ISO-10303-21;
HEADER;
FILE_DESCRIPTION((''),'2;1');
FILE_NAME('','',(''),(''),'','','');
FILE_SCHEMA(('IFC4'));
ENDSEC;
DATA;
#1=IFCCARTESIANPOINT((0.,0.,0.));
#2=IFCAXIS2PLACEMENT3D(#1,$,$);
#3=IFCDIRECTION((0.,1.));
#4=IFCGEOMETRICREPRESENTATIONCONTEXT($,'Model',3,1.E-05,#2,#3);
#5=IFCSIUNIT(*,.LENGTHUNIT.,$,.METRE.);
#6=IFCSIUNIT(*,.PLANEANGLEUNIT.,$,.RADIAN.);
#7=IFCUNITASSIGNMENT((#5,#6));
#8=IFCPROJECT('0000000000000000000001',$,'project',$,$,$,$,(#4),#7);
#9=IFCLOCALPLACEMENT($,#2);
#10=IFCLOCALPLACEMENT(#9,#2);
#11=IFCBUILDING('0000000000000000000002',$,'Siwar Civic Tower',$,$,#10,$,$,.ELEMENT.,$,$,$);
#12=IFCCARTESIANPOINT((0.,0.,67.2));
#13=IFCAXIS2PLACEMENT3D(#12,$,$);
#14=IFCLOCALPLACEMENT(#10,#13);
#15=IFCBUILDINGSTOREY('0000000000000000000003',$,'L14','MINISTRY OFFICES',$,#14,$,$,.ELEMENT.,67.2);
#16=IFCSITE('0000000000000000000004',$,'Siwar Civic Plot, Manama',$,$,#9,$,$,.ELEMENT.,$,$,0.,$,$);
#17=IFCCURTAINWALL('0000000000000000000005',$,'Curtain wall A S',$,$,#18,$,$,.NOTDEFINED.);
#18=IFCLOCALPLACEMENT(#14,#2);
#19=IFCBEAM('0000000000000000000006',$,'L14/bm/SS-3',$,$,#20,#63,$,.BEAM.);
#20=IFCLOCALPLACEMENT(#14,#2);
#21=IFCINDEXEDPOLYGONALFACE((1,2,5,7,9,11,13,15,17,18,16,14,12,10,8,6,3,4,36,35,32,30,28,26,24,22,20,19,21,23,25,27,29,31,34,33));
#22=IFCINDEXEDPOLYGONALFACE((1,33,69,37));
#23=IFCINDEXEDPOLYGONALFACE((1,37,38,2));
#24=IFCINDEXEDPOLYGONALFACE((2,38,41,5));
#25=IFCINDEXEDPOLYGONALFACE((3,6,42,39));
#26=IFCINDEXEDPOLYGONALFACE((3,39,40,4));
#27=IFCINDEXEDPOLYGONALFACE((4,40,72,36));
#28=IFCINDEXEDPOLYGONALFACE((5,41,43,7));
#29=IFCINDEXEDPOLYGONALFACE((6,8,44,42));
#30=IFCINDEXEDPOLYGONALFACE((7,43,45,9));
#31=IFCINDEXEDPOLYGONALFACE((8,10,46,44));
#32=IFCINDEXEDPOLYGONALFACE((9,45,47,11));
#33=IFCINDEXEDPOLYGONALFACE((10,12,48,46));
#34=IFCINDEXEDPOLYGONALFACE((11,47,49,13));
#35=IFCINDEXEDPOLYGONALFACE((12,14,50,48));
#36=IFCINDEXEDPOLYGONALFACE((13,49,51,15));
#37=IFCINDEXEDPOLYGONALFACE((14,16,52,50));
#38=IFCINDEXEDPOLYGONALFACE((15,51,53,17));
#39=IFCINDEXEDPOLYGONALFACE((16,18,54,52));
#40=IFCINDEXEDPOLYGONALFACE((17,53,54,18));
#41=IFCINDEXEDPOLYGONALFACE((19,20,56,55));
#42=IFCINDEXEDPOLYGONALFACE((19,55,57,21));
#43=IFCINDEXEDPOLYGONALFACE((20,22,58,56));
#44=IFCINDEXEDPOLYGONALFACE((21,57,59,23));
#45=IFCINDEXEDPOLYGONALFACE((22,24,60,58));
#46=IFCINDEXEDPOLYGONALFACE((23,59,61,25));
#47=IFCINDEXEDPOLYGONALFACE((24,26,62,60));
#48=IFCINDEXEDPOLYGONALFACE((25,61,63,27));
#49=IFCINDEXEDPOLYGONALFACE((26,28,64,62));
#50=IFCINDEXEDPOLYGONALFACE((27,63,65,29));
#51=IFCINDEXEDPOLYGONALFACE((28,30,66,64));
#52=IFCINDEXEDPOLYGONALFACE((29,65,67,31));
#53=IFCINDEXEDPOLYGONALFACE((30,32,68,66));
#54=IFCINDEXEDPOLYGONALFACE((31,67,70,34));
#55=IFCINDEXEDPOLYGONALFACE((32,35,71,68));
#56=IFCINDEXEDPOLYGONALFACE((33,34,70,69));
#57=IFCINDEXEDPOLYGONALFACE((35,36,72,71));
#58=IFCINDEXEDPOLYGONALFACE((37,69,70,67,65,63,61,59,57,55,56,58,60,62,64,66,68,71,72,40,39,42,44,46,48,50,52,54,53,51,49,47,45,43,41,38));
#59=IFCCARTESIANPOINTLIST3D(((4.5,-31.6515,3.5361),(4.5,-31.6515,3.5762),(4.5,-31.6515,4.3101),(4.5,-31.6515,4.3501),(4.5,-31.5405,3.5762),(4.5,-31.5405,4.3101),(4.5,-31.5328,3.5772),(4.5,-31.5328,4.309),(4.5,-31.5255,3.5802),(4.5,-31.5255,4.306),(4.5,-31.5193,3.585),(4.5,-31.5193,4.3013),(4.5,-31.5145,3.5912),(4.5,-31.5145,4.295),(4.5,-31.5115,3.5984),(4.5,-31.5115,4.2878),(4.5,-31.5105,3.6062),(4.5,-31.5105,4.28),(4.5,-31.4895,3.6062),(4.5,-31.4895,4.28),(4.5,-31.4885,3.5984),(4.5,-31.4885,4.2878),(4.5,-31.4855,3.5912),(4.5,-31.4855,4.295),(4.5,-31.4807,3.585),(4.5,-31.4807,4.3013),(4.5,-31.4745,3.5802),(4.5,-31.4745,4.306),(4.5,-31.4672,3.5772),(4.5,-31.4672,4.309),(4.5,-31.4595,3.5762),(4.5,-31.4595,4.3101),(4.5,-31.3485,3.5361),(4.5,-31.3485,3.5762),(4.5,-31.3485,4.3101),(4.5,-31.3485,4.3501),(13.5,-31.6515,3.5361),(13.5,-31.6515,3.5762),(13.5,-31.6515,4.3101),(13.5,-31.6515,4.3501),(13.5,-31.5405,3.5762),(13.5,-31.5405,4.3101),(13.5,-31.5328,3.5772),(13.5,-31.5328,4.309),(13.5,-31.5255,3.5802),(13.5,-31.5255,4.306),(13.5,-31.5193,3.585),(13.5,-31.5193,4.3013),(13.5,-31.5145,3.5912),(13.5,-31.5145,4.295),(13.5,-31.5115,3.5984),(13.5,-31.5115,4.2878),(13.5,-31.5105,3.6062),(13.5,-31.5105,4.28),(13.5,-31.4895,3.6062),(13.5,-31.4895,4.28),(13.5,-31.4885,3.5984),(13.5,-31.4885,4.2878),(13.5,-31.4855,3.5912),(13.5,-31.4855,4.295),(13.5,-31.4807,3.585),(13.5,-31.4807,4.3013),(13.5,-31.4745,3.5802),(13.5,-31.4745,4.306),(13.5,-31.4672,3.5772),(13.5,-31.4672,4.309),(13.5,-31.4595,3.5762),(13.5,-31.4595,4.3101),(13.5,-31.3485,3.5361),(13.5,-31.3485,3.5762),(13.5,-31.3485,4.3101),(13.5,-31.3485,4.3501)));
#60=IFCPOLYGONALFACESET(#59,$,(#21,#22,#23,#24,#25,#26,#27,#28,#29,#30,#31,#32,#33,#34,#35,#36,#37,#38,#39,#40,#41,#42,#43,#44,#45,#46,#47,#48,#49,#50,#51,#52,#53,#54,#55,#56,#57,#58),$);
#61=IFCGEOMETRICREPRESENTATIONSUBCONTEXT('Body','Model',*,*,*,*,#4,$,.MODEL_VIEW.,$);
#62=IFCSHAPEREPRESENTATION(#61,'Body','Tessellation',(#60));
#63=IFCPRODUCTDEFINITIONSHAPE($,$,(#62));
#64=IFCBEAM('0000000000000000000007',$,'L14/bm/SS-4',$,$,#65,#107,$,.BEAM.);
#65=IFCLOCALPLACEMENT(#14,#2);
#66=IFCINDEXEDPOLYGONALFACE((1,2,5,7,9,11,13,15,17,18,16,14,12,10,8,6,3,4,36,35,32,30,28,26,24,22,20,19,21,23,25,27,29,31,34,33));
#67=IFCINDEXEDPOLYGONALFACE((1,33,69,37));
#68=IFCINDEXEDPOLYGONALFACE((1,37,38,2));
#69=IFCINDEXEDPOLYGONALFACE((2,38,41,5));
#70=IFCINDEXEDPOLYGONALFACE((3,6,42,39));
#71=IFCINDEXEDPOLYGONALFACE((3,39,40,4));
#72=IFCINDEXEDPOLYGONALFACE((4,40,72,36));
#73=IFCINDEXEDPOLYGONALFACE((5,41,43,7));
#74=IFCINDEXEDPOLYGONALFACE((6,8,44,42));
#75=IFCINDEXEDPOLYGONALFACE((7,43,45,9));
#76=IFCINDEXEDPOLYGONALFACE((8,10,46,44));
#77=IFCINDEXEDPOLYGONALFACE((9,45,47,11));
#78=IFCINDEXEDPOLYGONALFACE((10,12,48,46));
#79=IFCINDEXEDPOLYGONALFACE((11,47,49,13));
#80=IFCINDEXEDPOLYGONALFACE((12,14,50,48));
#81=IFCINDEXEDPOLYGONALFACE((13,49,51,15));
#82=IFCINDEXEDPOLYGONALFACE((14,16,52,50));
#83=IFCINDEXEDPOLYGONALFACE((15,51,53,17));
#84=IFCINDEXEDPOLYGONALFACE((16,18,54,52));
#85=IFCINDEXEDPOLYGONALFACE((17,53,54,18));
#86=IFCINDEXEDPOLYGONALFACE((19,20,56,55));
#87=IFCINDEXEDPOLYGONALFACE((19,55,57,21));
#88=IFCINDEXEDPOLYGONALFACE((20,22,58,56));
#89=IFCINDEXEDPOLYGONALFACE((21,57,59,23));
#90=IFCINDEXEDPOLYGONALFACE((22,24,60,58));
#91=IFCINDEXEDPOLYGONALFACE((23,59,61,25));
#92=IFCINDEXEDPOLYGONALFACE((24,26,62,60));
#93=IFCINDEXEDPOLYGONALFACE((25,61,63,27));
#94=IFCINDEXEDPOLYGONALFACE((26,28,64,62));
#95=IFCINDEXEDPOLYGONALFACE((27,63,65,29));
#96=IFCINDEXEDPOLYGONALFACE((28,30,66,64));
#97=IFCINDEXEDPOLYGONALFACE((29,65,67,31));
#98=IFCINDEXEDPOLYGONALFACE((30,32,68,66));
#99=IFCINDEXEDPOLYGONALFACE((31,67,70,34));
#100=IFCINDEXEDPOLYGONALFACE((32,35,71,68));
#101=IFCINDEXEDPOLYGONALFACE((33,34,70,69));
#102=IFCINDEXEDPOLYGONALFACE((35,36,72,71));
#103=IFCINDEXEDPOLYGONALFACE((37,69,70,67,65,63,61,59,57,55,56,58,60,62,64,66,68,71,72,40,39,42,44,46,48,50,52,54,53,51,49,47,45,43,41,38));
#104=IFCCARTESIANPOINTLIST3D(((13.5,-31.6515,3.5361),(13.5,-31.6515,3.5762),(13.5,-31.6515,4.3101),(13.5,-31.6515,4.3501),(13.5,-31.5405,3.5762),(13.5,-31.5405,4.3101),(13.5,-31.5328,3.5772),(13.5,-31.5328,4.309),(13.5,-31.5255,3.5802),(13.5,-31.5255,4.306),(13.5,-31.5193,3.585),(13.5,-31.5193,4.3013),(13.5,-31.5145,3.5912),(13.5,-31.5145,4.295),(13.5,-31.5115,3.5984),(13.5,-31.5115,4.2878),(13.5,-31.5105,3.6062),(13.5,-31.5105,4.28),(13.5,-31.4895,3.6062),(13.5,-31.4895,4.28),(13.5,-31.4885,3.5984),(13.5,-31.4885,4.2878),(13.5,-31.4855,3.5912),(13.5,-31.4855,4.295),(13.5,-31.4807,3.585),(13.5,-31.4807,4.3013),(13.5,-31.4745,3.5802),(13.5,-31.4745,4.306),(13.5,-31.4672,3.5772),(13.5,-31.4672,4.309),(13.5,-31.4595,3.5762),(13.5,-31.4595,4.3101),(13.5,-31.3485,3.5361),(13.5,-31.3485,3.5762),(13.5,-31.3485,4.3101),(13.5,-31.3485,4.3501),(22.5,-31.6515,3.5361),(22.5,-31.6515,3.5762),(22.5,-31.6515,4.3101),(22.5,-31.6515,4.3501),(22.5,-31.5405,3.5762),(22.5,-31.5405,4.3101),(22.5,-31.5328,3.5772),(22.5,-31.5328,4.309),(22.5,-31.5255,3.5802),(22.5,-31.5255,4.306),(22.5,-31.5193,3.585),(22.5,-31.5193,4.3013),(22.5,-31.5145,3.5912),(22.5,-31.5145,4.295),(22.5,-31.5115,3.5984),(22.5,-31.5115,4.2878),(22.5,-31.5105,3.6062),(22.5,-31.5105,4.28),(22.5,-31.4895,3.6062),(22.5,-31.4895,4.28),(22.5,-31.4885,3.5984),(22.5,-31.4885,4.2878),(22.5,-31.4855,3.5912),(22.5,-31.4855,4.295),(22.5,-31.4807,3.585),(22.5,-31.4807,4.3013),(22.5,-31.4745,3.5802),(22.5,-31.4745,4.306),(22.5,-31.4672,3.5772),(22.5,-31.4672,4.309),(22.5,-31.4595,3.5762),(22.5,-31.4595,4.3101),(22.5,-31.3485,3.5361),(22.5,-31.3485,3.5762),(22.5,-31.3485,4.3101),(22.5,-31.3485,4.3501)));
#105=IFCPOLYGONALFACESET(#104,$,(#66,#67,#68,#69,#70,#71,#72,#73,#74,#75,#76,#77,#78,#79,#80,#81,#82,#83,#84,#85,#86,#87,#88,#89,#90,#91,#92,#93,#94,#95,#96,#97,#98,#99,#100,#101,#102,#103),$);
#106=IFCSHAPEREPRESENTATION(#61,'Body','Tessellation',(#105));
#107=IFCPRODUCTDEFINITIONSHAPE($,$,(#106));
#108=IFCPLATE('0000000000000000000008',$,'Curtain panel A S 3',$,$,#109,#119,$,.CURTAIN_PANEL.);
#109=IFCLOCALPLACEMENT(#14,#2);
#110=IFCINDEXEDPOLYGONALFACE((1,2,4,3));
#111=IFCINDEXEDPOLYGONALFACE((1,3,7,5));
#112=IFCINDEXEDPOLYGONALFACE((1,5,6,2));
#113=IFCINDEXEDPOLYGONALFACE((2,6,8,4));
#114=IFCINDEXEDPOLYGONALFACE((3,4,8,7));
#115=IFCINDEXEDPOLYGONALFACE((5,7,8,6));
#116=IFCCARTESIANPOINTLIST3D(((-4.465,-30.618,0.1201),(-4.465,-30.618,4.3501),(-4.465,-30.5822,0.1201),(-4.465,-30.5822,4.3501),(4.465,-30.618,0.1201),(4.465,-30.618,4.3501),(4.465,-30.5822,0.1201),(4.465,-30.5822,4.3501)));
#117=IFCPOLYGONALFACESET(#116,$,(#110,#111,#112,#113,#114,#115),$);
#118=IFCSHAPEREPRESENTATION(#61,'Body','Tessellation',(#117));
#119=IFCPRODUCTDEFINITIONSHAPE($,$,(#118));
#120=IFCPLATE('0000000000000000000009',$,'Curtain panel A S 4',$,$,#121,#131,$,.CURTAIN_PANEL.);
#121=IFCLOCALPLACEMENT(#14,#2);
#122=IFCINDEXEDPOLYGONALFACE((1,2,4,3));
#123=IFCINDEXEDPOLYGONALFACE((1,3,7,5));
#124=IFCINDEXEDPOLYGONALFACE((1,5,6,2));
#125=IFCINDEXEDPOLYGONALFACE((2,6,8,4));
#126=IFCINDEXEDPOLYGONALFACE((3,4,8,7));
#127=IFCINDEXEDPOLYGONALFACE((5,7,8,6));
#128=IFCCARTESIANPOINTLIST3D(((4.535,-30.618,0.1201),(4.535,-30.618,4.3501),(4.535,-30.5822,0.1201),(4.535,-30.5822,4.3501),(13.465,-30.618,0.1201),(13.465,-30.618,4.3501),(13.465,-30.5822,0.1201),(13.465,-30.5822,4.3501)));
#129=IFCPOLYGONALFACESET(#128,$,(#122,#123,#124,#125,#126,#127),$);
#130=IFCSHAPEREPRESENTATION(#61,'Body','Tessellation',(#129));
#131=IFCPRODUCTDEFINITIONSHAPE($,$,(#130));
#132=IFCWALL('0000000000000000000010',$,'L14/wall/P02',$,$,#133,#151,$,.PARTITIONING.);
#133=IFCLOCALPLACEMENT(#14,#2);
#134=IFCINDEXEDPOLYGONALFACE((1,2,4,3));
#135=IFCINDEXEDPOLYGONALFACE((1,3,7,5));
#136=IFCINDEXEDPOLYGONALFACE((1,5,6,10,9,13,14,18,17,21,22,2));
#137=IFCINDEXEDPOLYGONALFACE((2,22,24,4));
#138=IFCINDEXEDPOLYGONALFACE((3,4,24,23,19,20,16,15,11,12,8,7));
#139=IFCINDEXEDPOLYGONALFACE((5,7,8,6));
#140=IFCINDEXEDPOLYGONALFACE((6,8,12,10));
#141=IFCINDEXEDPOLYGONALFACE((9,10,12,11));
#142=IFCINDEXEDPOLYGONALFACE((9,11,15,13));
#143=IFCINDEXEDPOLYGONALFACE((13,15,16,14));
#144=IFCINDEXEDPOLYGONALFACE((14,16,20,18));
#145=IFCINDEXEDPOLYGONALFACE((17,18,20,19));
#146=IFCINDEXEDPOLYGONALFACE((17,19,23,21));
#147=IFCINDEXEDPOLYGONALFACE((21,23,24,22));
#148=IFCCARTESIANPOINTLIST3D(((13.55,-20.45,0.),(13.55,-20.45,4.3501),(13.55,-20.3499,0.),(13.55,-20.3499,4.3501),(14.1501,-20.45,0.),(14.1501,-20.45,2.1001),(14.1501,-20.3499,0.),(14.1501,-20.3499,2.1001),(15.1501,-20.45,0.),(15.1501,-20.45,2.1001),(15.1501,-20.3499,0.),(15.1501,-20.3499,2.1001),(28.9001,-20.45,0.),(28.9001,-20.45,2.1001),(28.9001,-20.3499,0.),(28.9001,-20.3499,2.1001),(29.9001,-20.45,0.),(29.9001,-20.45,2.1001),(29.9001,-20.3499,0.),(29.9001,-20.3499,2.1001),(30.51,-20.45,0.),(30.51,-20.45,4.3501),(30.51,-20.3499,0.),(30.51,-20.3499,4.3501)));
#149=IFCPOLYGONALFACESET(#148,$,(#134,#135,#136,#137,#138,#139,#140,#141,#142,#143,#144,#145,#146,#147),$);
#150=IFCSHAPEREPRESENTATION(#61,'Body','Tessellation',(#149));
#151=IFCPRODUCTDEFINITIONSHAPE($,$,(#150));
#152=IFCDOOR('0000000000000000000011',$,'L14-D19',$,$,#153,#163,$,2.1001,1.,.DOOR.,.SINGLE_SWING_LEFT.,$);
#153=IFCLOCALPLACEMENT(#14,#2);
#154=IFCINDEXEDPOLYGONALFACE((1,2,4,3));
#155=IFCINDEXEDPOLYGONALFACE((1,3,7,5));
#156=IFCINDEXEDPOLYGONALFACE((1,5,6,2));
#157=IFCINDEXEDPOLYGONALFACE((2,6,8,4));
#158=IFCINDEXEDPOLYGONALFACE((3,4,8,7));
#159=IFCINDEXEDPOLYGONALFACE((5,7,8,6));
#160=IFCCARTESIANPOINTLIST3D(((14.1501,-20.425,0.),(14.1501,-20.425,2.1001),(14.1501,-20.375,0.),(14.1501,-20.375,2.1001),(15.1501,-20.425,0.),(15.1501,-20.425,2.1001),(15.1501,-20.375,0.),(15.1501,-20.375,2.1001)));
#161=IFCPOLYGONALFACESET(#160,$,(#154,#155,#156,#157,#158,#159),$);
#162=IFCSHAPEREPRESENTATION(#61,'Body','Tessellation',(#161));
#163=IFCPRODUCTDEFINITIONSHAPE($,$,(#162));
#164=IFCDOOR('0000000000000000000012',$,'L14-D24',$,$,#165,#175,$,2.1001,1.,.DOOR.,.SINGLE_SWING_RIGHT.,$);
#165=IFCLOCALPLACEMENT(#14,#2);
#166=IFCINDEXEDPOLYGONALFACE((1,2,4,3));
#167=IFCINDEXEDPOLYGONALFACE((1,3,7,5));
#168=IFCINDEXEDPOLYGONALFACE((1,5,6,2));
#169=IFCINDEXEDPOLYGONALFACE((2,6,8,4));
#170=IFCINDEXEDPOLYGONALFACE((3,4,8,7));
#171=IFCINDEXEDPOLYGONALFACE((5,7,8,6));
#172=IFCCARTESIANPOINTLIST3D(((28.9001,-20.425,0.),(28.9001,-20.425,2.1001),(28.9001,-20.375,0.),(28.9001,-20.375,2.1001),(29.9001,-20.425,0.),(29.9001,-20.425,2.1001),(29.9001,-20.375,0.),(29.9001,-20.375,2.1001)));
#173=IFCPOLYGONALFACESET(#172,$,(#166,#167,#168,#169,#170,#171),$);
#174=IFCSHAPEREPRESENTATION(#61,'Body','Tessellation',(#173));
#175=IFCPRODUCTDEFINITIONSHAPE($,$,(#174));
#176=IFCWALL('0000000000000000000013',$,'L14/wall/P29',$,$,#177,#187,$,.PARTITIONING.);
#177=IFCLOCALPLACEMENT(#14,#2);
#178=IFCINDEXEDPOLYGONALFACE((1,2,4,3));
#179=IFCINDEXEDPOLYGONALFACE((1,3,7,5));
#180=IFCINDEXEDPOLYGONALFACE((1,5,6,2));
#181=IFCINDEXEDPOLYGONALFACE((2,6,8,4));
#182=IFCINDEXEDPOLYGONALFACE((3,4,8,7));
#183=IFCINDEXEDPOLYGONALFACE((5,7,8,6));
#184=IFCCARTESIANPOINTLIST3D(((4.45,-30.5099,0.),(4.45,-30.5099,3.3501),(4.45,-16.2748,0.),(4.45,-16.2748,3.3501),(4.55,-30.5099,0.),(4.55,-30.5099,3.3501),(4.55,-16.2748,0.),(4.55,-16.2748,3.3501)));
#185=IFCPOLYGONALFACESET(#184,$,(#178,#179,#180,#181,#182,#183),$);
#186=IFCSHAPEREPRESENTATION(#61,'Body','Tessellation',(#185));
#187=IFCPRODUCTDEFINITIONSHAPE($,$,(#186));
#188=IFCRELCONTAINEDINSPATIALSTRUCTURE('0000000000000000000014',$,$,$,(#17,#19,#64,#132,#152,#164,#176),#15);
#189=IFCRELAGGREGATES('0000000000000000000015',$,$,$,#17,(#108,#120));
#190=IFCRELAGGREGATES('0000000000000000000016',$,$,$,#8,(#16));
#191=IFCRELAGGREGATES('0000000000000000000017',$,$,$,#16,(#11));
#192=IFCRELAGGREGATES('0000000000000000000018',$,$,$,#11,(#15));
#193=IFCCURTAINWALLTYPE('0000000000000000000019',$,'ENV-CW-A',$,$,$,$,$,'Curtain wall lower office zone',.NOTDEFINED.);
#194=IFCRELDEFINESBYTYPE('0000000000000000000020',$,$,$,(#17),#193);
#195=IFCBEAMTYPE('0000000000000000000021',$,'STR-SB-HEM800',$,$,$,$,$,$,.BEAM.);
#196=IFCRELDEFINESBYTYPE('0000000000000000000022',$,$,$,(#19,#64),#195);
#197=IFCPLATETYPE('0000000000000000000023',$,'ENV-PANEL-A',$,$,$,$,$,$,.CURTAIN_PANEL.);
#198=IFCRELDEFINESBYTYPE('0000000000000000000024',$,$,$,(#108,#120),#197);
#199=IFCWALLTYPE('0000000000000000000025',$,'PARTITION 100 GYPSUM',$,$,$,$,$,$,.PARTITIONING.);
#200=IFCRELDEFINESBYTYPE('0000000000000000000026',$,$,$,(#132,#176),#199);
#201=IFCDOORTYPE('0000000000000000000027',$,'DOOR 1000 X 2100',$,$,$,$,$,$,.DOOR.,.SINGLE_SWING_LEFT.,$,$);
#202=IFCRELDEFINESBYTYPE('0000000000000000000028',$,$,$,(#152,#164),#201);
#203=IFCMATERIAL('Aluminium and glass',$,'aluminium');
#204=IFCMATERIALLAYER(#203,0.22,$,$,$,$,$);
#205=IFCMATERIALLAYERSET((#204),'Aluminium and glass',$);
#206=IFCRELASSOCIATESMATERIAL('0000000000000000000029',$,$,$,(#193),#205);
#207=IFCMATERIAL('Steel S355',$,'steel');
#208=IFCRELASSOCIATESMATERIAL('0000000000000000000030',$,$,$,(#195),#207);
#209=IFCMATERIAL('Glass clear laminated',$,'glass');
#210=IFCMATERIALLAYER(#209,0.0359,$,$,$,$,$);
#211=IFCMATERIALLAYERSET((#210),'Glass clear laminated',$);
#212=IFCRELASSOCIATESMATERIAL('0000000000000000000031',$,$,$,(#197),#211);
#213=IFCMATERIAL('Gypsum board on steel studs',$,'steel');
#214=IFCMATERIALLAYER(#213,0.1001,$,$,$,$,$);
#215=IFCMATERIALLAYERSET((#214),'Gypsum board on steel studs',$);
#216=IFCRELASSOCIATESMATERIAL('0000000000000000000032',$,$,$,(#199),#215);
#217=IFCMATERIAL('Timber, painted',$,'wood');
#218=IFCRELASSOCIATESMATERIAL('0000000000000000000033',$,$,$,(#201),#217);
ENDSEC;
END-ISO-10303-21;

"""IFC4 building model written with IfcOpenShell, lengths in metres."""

from ifc_helpers import new_model, si_unit, direction, frame, frame_2d, origin, origin_2d, place, context, subcontext, project, spatial, rectangle, i_section, extrude, material, layer, layer_set, material_profile, profile_set, type_object, element, fill, aggregate, save


model = new_model("IFC4")

# Units and contexts
model_context = context("Model", 3, precision=1e-05, world=origin(), true_north=direction((0.0, 1.0)))
body_context = subcontext(model_context, "Body", "Model", "MODEL_VIEW")
ifc_project = project(units=[si_unit("LENGTHUNIT", "METRE"), si_unit("PLANEANGLEUNIT", "RADIAN")], contexts=[model_context])

# Site, building, storey
site_placement = place(None, origin())
site = spatial("IfcSite", under=ifc_project, at=site_placement, Name="Siwar Civic Plot, Manama", CompositionType="ELEMENT", RefElevation=0.0)
building_placement = place(site_placement, origin())
building = spatial("IfcBuilding", under=site, at=building_placement, Name="Siwar Civic Tower", CompositionType="ELEMENT")
storey_placement = place(building_placement, frame((0.0, 0.0, 67.2)))
storey = spatial("IfcBuildingStorey", under=building, at=storey_placement, Name="L14", Description="MINISTRY OFFICES", CompositionType="ELEMENT", Elevation=67.2)

# Curtain wall
ifc_material_1 = material(Name="Aluminium and glass", Category="aluminium")
ifc_layer_1 = layer(ifc_material_1, 0.22)
ifc_layer_set_1 = layer_set([ifc_layer_1], Name="Aluminium and glass")
curtain_wall_type = type_object("IfcCurtainWallType", Name="ENV-CW-A", ElementType="Curtain wall lower office zone", PredefinedType="NOTDEFINED", material=ifc_layer_set_1)
curtain_wall_placement = place(storey_placement, origin())
curtain_wall = element("IfcCurtainWall", 1, at=curtain_wall_placement, inside=storey, type_object=curtain_wall_type, Name="Curtain wall A S", PredefinedType="NOTDEFINED")

# Beams
ifc_material_2 = material(Name="Steel S355", Category="steel")
ifc_material_profile_1 = material_profile(ifc_material_2, i_section(OverallWidth=0.303, OverallDepth=0.814, WebThickness=0.021, FlangeThickness=0.04, FilletRadius=0.03, at=origin_2d()), Name="HEM800")
ifc_profile_set_1 = profile_set([ifc_material_profile_1], Name="Steel S355")
beam_type_1 = type_object("IfcBeamType", Name="STR-SB-HEM800", PredefinedType="BEAM", material=ifc_profile_set_1)
for number, where, z_axis, x_axis, name in (
    (2, (4.5, -31.5, 3.9431), (1.0, 0.0, 0.0), (0.0, 1.0, 0.0), "L14/bm/SS-3"),
    (3, (13.5, -31.5, 3.9431), (1.0, 0.0, 0.0), (0.0, 1.0, 0.0), "L14/bm/SS-4"),
):
    element("IfcBeam", number, at=place(storey_placement, frame(where, z_axis=z_axis, x_axis=x_axis)), inside=storey, type_object=beam_type_1, Name=name, PredefinedType="BEAM", context=body_context, shape_type="SweptSolid", body=[
        extrude(i_section(OverallWidth=0.303, OverallDepth=0.814, WebThickness=0.021, FlangeThickness=0.04, FilletRadius=0.03, at=origin_2d()), origin(), (0.0, 0.0, 1.0), 9.0),
    ])

# Plates
ifc_material_3 = material(Name="Glass clear laminated", Category="glass")
ifc_layer_2 = layer(ifc_material_3, 0.0359)
ifc_layer_set_2 = layer_set([ifc_layer_2], Name="Glass clear laminated")
plate_type = type_object("IfcPlateType", Name="ENV-PANEL-A", PredefinedType="CURTAIN_PANEL", material=ifc_layer_set_2)
plate_1_placement = place(storey_placement, frame((0.0, -30.6001, 0.1201), z_axis=(0.0, 0.0, 1.0), x_axis=(1.0, 0.0, 0.0)))
plate_1 = element("IfcPlate", 4, at=plate_1_placement, type_object=plate_type, Name="Curtain panel A S 3", PredefinedType="CURTAIN_PANEL", context=body_context, shape_type="SweptSolid", body=[
    extrude(rectangle(XDim=8.9299, YDim=0.0359, at=origin_2d()), origin(), (0.0, 0.0, 1.0), 4.23),
])
plate_2_placement = place(storey_placement, frame((9.0, -30.6001, 0.1201), z_axis=(0.0, 0.0, 1.0), x_axis=(1.0, 0.0, 0.0)))
plate_2 = element("IfcPlate", 5, at=plate_2_placement, type_object=plate_type, Name="Curtain panel A S 4", PredefinedType="CURTAIN_PANEL", context=body_context, shape_type="SweptSolid", body=[
    extrude(rectangle(XDim=8.9299, YDim=0.0359, at=origin_2d()), origin(), (0.0, 0.0, 1.0), 4.23),
])
aggregate(curtain_wall, [plate_1, plate_2])

# Wall, openings, doors
ifc_material_4 = material(Name="Gypsum board on steel studs", Category="steel")
ifc_layer_3 = layer(ifc_material_4, 0.1001)
ifc_layer_set_3 = layer_set([ifc_layer_3], Name="Gypsum board on steel studs")
wall_type = type_object("IfcWallType", Name="PARTITION 100 GYPSUM", PredefinedType="PARTITIONING", material=ifc_layer_set_3)
wall_placement = place(storey_placement, frame((13.55, -20.3999, 0.0), z_axis=(0.0, 0.0, 1.0), x_axis=(1.0, 0.0, 0.0)))
wall = element("IfcWall", 6, at=wall_placement, inside=storey, type_object=wall_type, Name="L14/wall/P02", PredefinedType="PARTITIONING", context=body_context, shape_type="SweptSolid", body=[
    extrude(rectangle(XDim=16.96, YDim=0.1001, at=frame_2d((8.48, 0.0))), origin(), (0.0, 0.0, 1.0), 4.3501),
])
opening_1_placement = place(wall_placement, frame((0.6001, 0.0, 0.0)))
opening_1 = element("IfcOpeningElement", 7, at=opening_1_placement, cuts=wall, PredefinedType="OPENING", context=body_context, shape_type="SweptSolid", body=[
    extrude(rectangle(XDim=1.0, YDim=2.1001, at=frame_2d((0.5, 1.05))), frame((0.0, 0.0601, 0.0), z_axis=(0.0, -1.0, 0.0), x_axis=(1.0, 0.0, 0.0)), (0.0, 0.0, 1.0), 0.1201),
])
opening_2_placement = place(wall_placement, frame((15.3501, 0.0, 0.0)))
opening_2 = element("IfcOpeningElement", 8, at=opening_2_placement, cuts=wall, PredefinedType="OPENING", context=body_context, shape_type="SweptSolid", body=[
    extrude(rectangle(XDim=1.0, YDim=2.1001, at=frame_2d((0.5, 1.05))), frame((0.0, 0.0601, 0.0), z_axis=(0.0, -1.0, 0.0), x_axis=(1.0, 0.0, 0.0)), (0.0, 0.0, 1.0), 0.1201),
])
ifc_material_5 = material(Name="Timber, painted", Category="wood")
door_type = type_object("IfcDoorType", Name="DOOR 1000 X 2100", OperationType="SINGLE_SWING_LEFT", PredefinedType="DOOR", material=ifc_material_5)
door_1_placement = place(opening_1_placement, origin())
door_1 = element("IfcDoor", 9, at=door_1_placement, inside=storey, type_object=door_type, Name="L14-D19", OperationType="SINGLE_SWING_LEFT", OverallHeight=2.1001, OverallWidth=1.0, PredefinedType="DOOR", context=body_context, shape_type="SweptSolid", body=[
    extrude(rectangle(XDim=1.0, YDim=2.1001, at=frame_2d((0.5, 1.05))), frame((0.0, 0.0249, 0.0), z_axis=(0.0, -1.0, 0.0), x_axis=(1.0, 0.0, 0.0)), (0.0, 0.0, 1.0), 0.05),
])
fill(opening_1, door_1)
door_2_placement = place(opening_2_placement, origin())
door_2 = element("IfcDoor", 10, at=door_2_placement, inside=storey, type_object=door_type, Name="L14-D24", OperationType="SINGLE_SWING_RIGHT", OverallHeight=2.1001, OverallWidth=1.0, PredefinedType="DOOR", context=body_context, shape_type="SweptSolid", body=[
    extrude(rectangle(XDim=1.0, YDim=2.1001, at=frame_2d((0.5, 1.05))), frame((0.0, 0.0249, 0.0), z_axis=(0.0, -1.0, 0.0), x_axis=(1.0, 0.0, 0.0)), (0.0, 0.0, 1.0), 0.05),
])
fill(opening_2, door_2)

# Wall
for number, where, z_axis, x_axis, name in (
    (11, (4.5, -30.51, 0.0), (0.0, 0.0, 1.0), (0.0, 1.0, 0.0), "L14/wall/P29"),
):
    element("IfcWall", number, at=place(storey_placement, frame(where, z_axis=z_axis, x_axis=x_axis)), inside=storey, type_object=wall_type, Name=name, PredefinedType="PARTITIONING", context=body_context, shape_type="SweptSolid", body=[
        extrude(rectangle(XDim=14.2351, YDim=0.1001, at=frame_2d((7.1177, 0.0))), origin(), (0.0, 0.0, 1.0), 3.3501),
    ])

save(model, "model.ifc")
